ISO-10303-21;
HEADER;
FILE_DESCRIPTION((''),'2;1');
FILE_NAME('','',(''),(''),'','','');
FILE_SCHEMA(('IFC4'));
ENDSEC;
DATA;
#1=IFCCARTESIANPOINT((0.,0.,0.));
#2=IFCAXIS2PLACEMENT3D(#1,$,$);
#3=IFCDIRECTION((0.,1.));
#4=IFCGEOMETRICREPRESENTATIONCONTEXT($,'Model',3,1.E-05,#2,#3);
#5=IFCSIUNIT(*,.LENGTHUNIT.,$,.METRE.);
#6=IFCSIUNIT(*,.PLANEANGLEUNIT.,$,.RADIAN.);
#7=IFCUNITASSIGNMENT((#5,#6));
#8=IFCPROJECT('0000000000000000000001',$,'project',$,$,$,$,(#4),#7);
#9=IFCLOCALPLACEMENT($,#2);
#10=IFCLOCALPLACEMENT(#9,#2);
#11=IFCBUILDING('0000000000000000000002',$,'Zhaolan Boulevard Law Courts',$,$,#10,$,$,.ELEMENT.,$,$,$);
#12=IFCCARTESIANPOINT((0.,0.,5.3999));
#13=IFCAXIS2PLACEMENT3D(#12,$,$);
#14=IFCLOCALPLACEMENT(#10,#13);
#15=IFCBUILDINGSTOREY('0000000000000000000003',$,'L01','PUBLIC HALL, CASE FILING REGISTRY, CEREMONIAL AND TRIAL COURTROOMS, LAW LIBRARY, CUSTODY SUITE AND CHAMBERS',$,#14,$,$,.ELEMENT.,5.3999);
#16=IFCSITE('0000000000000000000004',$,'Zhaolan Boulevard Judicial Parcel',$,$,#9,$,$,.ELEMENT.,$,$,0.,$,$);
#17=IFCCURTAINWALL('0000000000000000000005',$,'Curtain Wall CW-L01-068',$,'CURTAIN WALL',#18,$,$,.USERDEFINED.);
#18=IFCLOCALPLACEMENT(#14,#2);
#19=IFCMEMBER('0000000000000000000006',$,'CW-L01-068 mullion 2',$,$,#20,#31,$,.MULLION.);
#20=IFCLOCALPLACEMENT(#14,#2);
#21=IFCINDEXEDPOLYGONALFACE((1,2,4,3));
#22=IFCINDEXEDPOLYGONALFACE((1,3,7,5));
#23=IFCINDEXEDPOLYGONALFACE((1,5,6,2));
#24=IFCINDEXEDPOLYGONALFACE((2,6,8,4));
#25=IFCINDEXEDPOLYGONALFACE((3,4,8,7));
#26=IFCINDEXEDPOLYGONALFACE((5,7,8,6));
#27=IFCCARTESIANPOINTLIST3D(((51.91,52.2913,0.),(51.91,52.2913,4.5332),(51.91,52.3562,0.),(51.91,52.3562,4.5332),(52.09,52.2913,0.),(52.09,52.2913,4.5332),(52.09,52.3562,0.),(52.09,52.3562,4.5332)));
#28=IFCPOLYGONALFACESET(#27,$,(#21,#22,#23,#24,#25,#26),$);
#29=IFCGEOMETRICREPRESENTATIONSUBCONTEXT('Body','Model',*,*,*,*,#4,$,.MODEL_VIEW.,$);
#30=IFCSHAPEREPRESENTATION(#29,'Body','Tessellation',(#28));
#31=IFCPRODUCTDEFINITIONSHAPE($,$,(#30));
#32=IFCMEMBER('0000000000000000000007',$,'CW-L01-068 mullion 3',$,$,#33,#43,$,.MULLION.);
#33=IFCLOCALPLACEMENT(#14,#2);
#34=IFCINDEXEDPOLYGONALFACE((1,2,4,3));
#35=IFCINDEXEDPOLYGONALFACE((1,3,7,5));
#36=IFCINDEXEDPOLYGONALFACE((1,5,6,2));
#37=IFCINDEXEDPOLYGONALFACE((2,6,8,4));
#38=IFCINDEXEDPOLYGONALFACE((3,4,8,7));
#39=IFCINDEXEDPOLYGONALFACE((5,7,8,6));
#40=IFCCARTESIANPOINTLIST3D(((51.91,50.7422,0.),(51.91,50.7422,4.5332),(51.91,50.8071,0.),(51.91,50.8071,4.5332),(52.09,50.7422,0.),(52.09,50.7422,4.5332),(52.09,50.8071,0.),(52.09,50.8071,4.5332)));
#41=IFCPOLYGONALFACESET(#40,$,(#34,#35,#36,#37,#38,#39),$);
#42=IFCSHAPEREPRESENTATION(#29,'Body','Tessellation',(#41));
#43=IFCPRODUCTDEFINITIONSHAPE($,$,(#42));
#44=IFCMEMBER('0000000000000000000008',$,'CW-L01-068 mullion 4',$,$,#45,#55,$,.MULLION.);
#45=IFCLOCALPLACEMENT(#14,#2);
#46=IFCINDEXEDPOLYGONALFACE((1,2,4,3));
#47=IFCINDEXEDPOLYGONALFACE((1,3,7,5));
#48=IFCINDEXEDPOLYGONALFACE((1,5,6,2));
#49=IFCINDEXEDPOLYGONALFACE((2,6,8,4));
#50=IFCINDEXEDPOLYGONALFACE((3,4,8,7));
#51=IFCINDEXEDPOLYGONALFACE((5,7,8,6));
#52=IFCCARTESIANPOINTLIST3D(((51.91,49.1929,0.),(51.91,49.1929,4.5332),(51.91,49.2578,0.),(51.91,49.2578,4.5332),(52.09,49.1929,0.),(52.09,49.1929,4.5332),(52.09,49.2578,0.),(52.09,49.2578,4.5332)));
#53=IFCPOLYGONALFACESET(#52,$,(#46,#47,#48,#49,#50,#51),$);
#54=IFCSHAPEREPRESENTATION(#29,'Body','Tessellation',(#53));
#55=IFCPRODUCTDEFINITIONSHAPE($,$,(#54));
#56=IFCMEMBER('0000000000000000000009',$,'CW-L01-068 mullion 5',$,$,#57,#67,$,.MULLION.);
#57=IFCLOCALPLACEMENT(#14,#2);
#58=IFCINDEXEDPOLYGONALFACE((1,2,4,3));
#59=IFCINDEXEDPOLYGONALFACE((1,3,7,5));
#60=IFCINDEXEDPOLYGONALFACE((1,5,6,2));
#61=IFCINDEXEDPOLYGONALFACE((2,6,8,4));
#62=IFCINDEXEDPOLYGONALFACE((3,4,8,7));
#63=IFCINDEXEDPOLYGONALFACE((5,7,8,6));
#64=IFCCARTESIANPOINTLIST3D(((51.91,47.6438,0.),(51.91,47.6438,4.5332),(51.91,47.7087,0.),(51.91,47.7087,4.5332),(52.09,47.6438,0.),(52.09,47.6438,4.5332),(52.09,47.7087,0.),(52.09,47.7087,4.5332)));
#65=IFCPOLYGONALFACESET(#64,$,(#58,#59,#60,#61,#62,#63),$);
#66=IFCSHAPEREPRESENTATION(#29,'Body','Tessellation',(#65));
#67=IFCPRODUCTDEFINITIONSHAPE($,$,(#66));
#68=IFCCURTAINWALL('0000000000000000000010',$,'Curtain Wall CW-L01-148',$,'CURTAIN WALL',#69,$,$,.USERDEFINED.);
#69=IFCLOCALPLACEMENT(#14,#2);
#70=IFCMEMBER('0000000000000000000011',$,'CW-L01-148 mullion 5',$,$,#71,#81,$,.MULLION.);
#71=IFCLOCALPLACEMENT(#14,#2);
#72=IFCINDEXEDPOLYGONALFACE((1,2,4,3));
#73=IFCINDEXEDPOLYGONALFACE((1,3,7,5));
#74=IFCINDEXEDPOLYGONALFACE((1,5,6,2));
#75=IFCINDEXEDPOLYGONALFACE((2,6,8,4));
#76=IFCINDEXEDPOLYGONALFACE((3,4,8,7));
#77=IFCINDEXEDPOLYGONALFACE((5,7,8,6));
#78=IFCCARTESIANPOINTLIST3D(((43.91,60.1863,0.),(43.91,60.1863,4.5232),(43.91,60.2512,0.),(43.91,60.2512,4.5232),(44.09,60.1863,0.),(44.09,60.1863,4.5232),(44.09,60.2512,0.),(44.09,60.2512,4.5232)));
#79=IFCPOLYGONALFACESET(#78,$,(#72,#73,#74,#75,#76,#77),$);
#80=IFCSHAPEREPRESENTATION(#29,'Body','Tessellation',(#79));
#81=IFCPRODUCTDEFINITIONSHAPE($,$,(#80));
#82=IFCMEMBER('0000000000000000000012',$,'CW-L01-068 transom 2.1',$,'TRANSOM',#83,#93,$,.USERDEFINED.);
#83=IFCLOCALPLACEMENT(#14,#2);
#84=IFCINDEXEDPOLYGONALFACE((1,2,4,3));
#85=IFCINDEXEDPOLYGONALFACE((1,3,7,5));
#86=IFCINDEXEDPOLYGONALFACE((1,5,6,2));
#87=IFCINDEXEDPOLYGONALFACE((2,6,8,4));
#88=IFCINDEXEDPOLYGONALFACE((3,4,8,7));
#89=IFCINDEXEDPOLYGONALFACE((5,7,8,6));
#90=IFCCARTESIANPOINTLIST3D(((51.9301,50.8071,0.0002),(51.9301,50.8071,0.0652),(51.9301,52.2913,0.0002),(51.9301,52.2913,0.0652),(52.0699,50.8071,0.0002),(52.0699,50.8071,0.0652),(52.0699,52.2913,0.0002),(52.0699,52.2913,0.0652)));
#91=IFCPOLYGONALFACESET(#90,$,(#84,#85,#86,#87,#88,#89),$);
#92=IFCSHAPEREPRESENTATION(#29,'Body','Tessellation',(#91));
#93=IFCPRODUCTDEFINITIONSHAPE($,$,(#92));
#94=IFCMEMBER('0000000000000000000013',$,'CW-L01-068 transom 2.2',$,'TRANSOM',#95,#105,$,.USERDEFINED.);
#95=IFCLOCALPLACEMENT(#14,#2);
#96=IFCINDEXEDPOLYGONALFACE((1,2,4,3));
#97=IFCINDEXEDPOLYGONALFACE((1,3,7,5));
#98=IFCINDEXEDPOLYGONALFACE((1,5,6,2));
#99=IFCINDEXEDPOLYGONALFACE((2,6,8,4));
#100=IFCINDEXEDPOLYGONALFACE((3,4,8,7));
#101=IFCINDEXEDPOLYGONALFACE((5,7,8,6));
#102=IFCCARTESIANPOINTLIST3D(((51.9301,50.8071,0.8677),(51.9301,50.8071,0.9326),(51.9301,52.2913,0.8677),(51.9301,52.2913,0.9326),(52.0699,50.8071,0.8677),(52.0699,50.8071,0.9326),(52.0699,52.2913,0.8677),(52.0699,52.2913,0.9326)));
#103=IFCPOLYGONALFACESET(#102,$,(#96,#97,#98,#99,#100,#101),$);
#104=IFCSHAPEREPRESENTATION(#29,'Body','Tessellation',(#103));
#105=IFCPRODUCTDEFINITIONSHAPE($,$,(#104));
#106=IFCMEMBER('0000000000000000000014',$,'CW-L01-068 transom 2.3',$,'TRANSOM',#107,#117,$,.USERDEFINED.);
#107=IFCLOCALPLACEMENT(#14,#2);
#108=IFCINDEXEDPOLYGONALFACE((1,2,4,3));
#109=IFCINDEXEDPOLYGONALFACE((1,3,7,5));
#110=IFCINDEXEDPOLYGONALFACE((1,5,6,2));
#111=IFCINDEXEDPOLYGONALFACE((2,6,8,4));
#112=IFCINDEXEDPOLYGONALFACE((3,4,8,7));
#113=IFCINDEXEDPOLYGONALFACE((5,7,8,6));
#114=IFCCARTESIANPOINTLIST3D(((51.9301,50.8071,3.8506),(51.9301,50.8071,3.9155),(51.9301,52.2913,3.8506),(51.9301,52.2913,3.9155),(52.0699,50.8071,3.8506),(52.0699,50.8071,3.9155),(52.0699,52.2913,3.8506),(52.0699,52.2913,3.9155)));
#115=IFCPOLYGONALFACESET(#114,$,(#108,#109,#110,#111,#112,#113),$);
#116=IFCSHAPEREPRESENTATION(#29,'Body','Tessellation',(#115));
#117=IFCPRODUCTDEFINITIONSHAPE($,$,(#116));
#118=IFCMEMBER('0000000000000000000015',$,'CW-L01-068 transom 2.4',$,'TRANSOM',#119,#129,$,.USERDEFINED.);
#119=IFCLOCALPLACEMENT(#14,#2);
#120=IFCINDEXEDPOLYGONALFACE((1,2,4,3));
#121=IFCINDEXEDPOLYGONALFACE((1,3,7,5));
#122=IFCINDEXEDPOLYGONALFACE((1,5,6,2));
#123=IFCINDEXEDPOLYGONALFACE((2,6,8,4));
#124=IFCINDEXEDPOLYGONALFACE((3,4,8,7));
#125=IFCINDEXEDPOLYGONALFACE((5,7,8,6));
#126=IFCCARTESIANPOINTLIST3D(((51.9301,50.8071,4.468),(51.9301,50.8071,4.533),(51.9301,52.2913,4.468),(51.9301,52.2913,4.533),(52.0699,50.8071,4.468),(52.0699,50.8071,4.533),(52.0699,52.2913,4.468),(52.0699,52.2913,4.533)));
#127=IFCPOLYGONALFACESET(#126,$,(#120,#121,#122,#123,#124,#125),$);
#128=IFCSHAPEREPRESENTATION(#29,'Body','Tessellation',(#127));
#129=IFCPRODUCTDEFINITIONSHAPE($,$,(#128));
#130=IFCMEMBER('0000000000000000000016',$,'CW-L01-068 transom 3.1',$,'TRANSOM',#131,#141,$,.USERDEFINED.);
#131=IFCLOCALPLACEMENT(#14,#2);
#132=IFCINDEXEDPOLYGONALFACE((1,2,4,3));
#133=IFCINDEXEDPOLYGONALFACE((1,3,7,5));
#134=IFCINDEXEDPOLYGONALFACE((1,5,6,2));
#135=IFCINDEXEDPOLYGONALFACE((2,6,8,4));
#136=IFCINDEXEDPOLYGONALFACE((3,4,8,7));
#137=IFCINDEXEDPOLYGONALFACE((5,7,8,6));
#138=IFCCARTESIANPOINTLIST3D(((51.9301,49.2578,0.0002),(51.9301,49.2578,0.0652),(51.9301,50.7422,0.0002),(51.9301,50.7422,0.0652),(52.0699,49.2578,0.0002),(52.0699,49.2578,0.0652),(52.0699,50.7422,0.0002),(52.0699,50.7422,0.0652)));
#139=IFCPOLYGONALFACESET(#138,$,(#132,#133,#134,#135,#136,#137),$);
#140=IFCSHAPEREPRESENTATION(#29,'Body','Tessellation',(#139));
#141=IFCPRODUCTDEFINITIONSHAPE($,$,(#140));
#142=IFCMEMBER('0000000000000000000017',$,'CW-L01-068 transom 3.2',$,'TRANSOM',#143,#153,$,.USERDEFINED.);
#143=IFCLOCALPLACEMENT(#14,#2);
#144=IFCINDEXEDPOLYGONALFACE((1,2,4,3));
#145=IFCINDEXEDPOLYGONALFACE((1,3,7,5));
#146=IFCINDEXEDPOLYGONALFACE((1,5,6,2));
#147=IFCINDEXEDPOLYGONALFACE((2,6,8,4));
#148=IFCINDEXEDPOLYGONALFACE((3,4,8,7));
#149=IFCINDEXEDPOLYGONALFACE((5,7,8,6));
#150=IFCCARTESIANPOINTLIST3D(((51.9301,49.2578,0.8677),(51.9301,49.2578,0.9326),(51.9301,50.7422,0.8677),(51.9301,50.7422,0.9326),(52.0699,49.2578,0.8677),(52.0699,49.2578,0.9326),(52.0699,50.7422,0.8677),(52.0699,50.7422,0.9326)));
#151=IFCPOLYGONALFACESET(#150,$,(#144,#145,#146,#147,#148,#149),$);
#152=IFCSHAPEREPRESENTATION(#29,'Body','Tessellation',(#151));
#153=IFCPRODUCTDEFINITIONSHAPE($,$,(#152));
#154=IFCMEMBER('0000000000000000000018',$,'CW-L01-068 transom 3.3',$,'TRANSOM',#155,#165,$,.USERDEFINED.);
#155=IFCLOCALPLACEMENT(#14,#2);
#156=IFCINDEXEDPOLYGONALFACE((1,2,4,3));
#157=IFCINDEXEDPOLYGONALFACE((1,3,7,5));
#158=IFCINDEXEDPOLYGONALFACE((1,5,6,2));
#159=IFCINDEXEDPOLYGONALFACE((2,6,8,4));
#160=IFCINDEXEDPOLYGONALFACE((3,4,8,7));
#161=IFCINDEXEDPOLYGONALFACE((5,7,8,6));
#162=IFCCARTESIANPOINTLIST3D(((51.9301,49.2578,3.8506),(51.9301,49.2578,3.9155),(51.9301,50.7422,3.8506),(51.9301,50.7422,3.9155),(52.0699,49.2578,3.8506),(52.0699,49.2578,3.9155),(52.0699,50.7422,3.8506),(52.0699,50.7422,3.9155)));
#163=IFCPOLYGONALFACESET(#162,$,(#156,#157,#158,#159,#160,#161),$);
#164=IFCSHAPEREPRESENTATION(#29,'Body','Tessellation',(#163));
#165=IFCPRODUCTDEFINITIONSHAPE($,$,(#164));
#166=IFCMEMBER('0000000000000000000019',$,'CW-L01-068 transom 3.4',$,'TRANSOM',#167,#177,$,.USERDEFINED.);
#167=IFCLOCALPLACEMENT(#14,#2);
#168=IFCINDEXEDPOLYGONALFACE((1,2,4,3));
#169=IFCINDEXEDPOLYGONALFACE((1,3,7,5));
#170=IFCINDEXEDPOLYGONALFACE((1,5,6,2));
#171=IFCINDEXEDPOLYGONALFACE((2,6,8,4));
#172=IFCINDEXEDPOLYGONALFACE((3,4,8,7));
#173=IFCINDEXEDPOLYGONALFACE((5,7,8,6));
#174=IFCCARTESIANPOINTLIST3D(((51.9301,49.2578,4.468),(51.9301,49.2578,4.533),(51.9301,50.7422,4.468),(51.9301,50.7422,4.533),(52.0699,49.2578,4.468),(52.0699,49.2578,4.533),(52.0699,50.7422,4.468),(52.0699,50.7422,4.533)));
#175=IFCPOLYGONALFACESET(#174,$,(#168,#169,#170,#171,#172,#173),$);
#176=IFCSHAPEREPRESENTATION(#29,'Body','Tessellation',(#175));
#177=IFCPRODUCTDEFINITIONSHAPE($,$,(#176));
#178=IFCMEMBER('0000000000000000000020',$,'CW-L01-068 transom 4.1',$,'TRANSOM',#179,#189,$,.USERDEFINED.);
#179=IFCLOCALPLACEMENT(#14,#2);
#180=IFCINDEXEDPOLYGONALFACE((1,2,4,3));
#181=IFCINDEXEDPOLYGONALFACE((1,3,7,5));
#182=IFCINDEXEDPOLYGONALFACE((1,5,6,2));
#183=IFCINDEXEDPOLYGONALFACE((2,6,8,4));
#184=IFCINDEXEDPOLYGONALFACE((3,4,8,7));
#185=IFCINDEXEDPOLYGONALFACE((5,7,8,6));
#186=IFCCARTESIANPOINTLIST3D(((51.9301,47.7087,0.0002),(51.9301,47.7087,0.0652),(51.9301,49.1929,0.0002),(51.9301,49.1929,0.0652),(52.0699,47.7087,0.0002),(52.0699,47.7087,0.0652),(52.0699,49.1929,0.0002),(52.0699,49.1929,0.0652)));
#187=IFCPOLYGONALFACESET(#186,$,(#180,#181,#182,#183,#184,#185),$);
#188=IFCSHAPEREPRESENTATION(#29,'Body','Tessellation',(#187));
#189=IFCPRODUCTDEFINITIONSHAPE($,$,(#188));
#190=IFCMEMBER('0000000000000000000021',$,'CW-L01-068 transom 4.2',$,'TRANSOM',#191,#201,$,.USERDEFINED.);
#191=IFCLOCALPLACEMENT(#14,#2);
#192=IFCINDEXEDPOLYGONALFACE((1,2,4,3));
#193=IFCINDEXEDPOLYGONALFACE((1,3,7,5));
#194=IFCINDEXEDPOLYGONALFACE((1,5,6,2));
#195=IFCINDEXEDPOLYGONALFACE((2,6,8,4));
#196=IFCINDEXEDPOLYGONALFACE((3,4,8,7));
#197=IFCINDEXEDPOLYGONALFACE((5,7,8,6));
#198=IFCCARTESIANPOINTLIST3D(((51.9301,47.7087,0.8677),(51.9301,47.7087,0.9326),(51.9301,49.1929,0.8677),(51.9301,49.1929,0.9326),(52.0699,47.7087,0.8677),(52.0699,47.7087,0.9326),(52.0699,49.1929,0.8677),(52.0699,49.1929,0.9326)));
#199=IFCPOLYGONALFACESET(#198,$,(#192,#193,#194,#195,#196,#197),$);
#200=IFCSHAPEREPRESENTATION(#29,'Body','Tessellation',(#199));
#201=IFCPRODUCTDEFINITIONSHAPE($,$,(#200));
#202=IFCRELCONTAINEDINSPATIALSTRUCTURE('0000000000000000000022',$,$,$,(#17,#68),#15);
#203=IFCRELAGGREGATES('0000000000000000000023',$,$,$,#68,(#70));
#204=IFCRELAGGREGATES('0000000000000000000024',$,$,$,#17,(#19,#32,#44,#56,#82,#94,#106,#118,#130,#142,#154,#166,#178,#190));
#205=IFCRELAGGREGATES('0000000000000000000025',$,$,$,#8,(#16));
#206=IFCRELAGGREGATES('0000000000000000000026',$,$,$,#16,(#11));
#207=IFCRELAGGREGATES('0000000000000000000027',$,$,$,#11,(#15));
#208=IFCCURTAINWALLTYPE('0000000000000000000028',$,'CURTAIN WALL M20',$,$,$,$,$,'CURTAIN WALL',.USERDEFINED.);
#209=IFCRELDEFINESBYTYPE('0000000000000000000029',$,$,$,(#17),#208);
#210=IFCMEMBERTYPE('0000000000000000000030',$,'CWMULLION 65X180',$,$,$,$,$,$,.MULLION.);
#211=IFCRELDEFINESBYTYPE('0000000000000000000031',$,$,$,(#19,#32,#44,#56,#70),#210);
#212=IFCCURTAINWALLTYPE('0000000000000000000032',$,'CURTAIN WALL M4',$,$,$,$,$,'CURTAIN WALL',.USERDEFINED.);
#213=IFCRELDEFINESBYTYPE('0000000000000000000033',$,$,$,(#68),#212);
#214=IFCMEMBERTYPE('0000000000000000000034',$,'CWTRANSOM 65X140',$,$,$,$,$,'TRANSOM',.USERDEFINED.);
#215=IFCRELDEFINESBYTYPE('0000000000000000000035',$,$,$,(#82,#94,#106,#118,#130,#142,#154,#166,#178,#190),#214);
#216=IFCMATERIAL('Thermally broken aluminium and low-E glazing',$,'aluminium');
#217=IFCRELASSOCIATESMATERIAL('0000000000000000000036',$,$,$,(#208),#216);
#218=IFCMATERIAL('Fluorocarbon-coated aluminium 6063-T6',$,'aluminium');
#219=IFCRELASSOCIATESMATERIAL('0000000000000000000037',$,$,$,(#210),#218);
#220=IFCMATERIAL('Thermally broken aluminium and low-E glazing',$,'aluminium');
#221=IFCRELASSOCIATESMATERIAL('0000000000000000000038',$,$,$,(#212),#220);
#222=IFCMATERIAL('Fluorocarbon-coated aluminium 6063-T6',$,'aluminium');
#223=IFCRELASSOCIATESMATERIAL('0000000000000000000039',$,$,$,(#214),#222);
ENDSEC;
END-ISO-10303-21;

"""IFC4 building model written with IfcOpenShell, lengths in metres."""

from ifc_helpers import new_model, si_unit, direction, frame, origin, origin_2d, place, context, subcontext, project, spatial, rectangle, extrude, material, material_profile, profile_set, type_object, element, aggregate, save


model = new_model("IFC4")

# Units and contexts
model_context = context("Model", 3, precision=1e-05, world=origin(), true_north=direction((0.0, 1.0)))
body_context = subcontext(model_context, "Body", "Model", "MODEL_VIEW")
ifc_project = project(units=[si_unit("LENGTHUNIT", "METRE"), si_unit("PLANEANGLEUNIT", "RADIAN")], contexts=[model_context])

# Site, building, storey
site_placement = place(None, origin())
site = spatial("IfcSite", under=ifc_project, at=site_placement, Name="Zhaolan Boulevard Judicial Parcel", CompositionType="ELEMENT", RefElevation=0.0)
building_placement = place(site_placement, origin())
building = spatial("IfcBuilding", under=site, at=building_placement, Name="Zhaolan Boulevard Law Courts", CompositionType="ELEMENT")
storey_placement = place(building_placement, frame((0.0, 0.0, 5.3999)))
storey = spatial("IfcBuildingStorey", under=building, at=storey_placement, Name="L01", Description="PUBLIC HALL, CASE FILING REGISTRY, CEREMONIAL AND TRIAL COURTROOMS, LAW LIBRARY, CUSTODY SUITE AND CHAMBERS", CompositionType="ELEMENT", Elevation=5.3999)

# Curtain wall, members
ifc_material_1 = material(Name="Thermally broken aluminium and low-E glazing", Category="aluminium")
curtain_wall_type_1 = type_object("IfcCurtainWallType", Name="CURTAIN WALL M20", ElementType="CURTAIN WALL", PredefinedType="USERDEFINED", material=ifc_material_1)
curtain_wall_1_placement = place(storey_placement, origin())
curtain_wall_1 = element("IfcCurtainWall", 1, at=curtain_wall_1_placement, inside=storey, type_object=curtain_wall_type_1, Name="Curtain Wall CW-L01-068", ObjectType="CURTAIN WALL", PredefinedType="USERDEFINED")
ifc_material_2 = material(Name="Fluorocarbon-coated aluminium 6063-T6", Category="aluminium")
ifc_material_profile_1 = material_profile(ifc_material_2, rectangle(XDim=0.1799, YDim=0.0649, at=origin_2d()), Name="AL65x180")
ifc_profile_set_1 = profile_set([ifc_material_profile_1], Name="Fluorocarbon-coated aluminium 6063-T6")
member_type_1 = type_object("IfcMemberType", Name="CWMULLION 65X180", PredefinedType="MULLION", material=ifc_profile_set_1)
member_1_placement = place(storey_placement, frame((52.0, 52.3237, 0.0), z_axis=(0.0, 0.0, 1.0), x_axis=(1.0, 0.0, 0.0)))
member_1 = element("IfcMember", 2, at=member_1_placement, type_object=member_type_1, Name="CW-L01-068 mullion 2", PredefinedType="MULLION", context=body_context, shape_type="SweptSolid", body=[
    extrude(rectangle(XDim=0.1799, YDim=0.0649, at=origin_2d()), origin(), (0.0, 0.0, 1.0), 4.5332),
])
member_2_placement = place(storey_placement, frame((52.0, 50.7747, 0.0), z_axis=(0.0, 0.0, 1.0), x_axis=(1.0, 0.0, 0.0)))
member_2 = element("IfcMember", 3, at=member_2_placement, type_object=member_type_1, Name="CW-L01-068 mullion 3", PredefinedType="MULLION", context=body_context, shape_type="SweptSolid", body=[
    extrude(rectangle(XDim=0.1799, YDim=0.0649, at=origin_2d()), origin(), (0.0, 0.0, 1.0), 4.5332),
])
member_3_placement = place(storey_placement, frame((52.0, 49.2253, 0.0), z_axis=(0.0, 0.0, 1.0), x_axis=(1.0, 0.0, 0.0)))
member_3 = element("IfcMember", 4, at=member_3_placement, type_object=member_type_1, Name="CW-L01-068 mullion 4", PredefinedType="MULLION", context=body_context, shape_type="SweptSolid", body=[
    extrude(rectangle(XDim=0.1799, YDim=0.0649, at=origin_2d()), origin(), (0.0, 0.0, 1.0), 4.5332),
])
member_4_placement = place(storey_placement, frame((52.0, 47.6763, 0.0), z_axis=(0.0, 0.0, 1.0), x_axis=(1.0, 0.0, 0.0)))
member_4 = element("IfcMember", 5, at=member_4_placement, type_object=member_type_1, Name="CW-L01-068 mullion 5", PredefinedType="MULLION", context=body_context, shape_type="SweptSolid", body=[
    extrude(rectangle(XDim=0.1799, YDim=0.0649, at=origin_2d()), origin(), (0.0, 0.0, 1.0), 4.5332),
])

# Curtain wall, member
ifc_material_3 = material(Name="Thermally broken aluminium and low-E glazing", Category="aluminium")
curtain_wall_type_2 = type_object("IfcCurtainWallType", Name="CURTAIN WALL M4", ElementType="CURTAIN WALL", PredefinedType="USERDEFINED", material=ifc_material_3)
curtain_wall_2_placement = place(storey_placement, origin())
curtain_wall_2 = element("IfcCurtainWall", 6, at=curtain_wall_2_placement, inside=storey, type_object=curtain_wall_type_2, Name="Curtain Wall CW-L01-148", ObjectType="CURTAIN WALL", PredefinedType="USERDEFINED")
member_5_placement = place(storey_placement, frame((44.0, 60.2188, 0.0), z_axis=(0.0, 0.0, 1.0), x_axis=(-1.0, 0.0, 0.0)))
member_5 = element("IfcMember", 7, at=member_5_placement, type_object=member_type_1, Name="CW-L01-148 mullion 5", PredefinedType="MULLION", context=body_context, shape_type="SweptSolid", body=[
    extrude(rectangle(XDim=0.1799, YDim=0.0649, at=origin_2d()), origin(), (0.0, 0.0, 1.0), 4.5232),
])

# Members
ifc_material_4 = material(Name="Fluorocarbon-coated aluminium 6063-T6", Category="aluminium")
ifc_material_profile_2 = material_profile(ifc_material_4, rectangle(XDim=0.1399, YDim=0.0649, at=origin_2d()), Name="AL65x140")
ifc_profile_set_2 = profile_set([ifc_material_profile_2], Name="Fluorocarbon-coated aluminium 6063-T6")
member_type_2 = type_object("IfcMemberType", Name="CWTRANSOM 65X140", ElementType="TRANSOM", PredefinedType="USERDEFINED", material=ifc_profile_set_2)
member_6_placement = place(storey_placement, frame((52.0, 52.2913, 0.0327), z_axis=(0.0, -1.0, 0.0), x_axis=(1.0, 0.0, 0.0)))
member_6 = element("IfcMember", 8, at=member_6_placement, type_object=member_type_2, Name="CW-L01-068 transom 2.1", ObjectType="TRANSOM", PredefinedType="USERDEFINED", context=body_context, shape_type="SweptSolid", body=[
    extrude(rectangle(XDim=0.1399, YDim=0.0649, at=origin_2d()), origin(), (0.0, 0.0, 1.0), 1.4841),
])
member_7_placement = place(storey_placement, frame((52.0, 52.2913, 0.9001), z_axis=(0.0, -1.0, 0.0), x_axis=(1.0, 0.0, 0.0)))
member_7 = element("IfcMember", 9, at=member_7_placement, type_object=member_type_2, Name="CW-L01-068 transom 2.2", ObjectType="TRANSOM", PredefinedType="USERDEFINED", context=body_context, shape_type="SweptSolid", body=[
    extrude(rectangle(XDim=0.1399, YDim=0.0649, at=origin_2d()), origin(), (0.0, 0.0, 1.0), 1.4841),
])
member_8_placement = place(storey_placement, frame((52.0, 52.2913, 3.8831), z_axis=(0.0, -1.0, 0.0), x_axis=(1.0, 0.0, 0.0)))
member_8 = element("IfcMember", 10, at=member_8_placement, type_object=member_type_2, Name="CW-L01-068 transom 2.3", ObjectType="TRANSOM", PredefinedType="USERDEFINED", context=body_context, shape_type="SweptSolid", body=[
    extrude(rectangle(XDim=0.1399, YDim=0.0649, at=origin_2d()), origin(), (0.0, 0.0, 1.0), 1.4841),
])
member_9_placement = place(storey_placement, frame((52.0, 52.2913, 4.5005), z_axis=(0.0, -1.0, 0.0), x_axis=(1.0, 0.0, 0.0)))
member_9 = element("IfcMember", 11, at=member_9_placement, type_object=member_type_2, Name="CW-L01-068 transom 2.4", ObjectType="TRANSOM", PredefinedType="USERDEFINED", context=body_context, shape_type="SweptSolid", body=[
    extrude(rectangle(XDim=0.1399, YDim=0.0649, at=origin_2d()), origin(), (0.0, 0.0, 1.0), 1.4841),
])
member_10_placement = place(storey_placement, frame((52.0, 50.7422, 0.0327), z_axis=(0.0, -1.0, 0.0), x_axis=(1.0, 0.0, 0.0)))
member_10 = element("IfcMember", 12, at=member_10_placement, type_object=member_type_2, Name="CW-L01-068 transom 3.1", ObjectType="TRANSOM", PredefinedType="USERDEFINED", context=body_context, shape_type="SweptSolid", body=[
    extrude(rectangle(XDim=0.1399, YDim=0.0649, at=origin_2d()), origin(), (0.0, 0.0, 1.0), 1.4844),
])
member_11_placement = place(storey_placement, frame((52.0, 50.7422, 0.9001), z_axis=(0.0, -1.0, 0.0), x_axis=(1.0, 0.0, 0.0)))
member_11 = element("IfcMember", 13, at=member_11_placement, type_object=member_type_2, Name="CW-L01-068 transom 3.2", ObjectType="TRANSOM", PredefinedType="USERDEFINED", context=body_context, shape_type="SweptSolid", body=[
    extrude(rectangle(XDim=0.1399, YDim=0.0649, at=origin_2d()), origin(), (0.0, 0.0, 1.0), 1.4844),
])
member_12_placement = place(storey_placement, frame((52.0, 50.7422, 3.8831), z_axis=(0.0, -1.0, 0.0), x_axis=(1.0, 0.0, 0.0)))
member_12 = element("IfcMember", 14, at=member_12_placement, type_object=member_type_2, Name="CW-L01-068 transom 3.3", ObjectType="TRANSOM", PredefinedType="USERDEFINED", context=body_context, shape_type="SweptSolid", body=[
    extrude(rectangle(XDim=0.1399, YDim=0.0649, at=origin_2d()), origin(), (0.0, 0.0, 1.0), 1.4844),
])
member_13_placement = place(storey_placement, frame((52.0, 50.7422, 4.5005), z_axis=(0.0, -1.0, 0.0), x_axis=(1.0, 0.0, 0.0)))
member_13 = element("IfcMember", 15, at=member_13_placement, type_object=member_type_2, Name="CW-L01-068 transom 3.4", ObjectType="TRANSOM", PredefinedType="USERDEFINED", context=body_context, shape_type="SweptSolid", body=[
    extrude(rectangle(XDim=0.1399, YDim=0.0649, at=origin_2d()), origin(), (0.0, 0.0, 1.0), 1.4844),
])
member_14_placement = place(storey_placement, frame((52.0, 49.1929, 0.0327), z_axis=(0.0, -1.0, 0.0), x_axis=(1.0, 0.0, 0.0)))
member_14 = element("IfcMember", 16, at=member_14_placement, type_object=member_type_2, Name="CW-L01-068 transom 4.1", ObjectType="TRANSOM", PredefinedType="USERDEFINED", context=body_context, shape_type="SweptSolid", body=[
    extrude(rectangle(XDim=0.1399, YDim=0.0649, at=origin_2d()), origin(), (0.0, 0.0, 1.0), 1.4841),
])
member_15_placement = place(storey_placement, frame((52.0, 49.1929, 0.9001), z_axis=(0.0, -1.0, 0.0), x_axis=(1.0, 0.0, 0.0)))
member_15 = element("IfcMember", 17, at=member_15_placement, type_object=member_type_2, Name="CW-L01-068 transom 4.2", ObjectType="TRANSOM", PredefinedType="USERDEFINED", context=body_context, shape_type="SweptSolid", body=[
    extrude(rectangle(XDim=0.1399, YDim=0.0649, at=origin_2d()), origin(), (0.0, 0.0, 1.0), 1.4841),
])
aggregate(curtain_wall_2, [member_5])

aggregate(curtain_wall_1, [member_1, member_2, member_3, member_4, member_6, member_7, member_8, member_9, member_10, member_11, member_12, member_13, member_14, member_15])

save(model, "model.ifc")
